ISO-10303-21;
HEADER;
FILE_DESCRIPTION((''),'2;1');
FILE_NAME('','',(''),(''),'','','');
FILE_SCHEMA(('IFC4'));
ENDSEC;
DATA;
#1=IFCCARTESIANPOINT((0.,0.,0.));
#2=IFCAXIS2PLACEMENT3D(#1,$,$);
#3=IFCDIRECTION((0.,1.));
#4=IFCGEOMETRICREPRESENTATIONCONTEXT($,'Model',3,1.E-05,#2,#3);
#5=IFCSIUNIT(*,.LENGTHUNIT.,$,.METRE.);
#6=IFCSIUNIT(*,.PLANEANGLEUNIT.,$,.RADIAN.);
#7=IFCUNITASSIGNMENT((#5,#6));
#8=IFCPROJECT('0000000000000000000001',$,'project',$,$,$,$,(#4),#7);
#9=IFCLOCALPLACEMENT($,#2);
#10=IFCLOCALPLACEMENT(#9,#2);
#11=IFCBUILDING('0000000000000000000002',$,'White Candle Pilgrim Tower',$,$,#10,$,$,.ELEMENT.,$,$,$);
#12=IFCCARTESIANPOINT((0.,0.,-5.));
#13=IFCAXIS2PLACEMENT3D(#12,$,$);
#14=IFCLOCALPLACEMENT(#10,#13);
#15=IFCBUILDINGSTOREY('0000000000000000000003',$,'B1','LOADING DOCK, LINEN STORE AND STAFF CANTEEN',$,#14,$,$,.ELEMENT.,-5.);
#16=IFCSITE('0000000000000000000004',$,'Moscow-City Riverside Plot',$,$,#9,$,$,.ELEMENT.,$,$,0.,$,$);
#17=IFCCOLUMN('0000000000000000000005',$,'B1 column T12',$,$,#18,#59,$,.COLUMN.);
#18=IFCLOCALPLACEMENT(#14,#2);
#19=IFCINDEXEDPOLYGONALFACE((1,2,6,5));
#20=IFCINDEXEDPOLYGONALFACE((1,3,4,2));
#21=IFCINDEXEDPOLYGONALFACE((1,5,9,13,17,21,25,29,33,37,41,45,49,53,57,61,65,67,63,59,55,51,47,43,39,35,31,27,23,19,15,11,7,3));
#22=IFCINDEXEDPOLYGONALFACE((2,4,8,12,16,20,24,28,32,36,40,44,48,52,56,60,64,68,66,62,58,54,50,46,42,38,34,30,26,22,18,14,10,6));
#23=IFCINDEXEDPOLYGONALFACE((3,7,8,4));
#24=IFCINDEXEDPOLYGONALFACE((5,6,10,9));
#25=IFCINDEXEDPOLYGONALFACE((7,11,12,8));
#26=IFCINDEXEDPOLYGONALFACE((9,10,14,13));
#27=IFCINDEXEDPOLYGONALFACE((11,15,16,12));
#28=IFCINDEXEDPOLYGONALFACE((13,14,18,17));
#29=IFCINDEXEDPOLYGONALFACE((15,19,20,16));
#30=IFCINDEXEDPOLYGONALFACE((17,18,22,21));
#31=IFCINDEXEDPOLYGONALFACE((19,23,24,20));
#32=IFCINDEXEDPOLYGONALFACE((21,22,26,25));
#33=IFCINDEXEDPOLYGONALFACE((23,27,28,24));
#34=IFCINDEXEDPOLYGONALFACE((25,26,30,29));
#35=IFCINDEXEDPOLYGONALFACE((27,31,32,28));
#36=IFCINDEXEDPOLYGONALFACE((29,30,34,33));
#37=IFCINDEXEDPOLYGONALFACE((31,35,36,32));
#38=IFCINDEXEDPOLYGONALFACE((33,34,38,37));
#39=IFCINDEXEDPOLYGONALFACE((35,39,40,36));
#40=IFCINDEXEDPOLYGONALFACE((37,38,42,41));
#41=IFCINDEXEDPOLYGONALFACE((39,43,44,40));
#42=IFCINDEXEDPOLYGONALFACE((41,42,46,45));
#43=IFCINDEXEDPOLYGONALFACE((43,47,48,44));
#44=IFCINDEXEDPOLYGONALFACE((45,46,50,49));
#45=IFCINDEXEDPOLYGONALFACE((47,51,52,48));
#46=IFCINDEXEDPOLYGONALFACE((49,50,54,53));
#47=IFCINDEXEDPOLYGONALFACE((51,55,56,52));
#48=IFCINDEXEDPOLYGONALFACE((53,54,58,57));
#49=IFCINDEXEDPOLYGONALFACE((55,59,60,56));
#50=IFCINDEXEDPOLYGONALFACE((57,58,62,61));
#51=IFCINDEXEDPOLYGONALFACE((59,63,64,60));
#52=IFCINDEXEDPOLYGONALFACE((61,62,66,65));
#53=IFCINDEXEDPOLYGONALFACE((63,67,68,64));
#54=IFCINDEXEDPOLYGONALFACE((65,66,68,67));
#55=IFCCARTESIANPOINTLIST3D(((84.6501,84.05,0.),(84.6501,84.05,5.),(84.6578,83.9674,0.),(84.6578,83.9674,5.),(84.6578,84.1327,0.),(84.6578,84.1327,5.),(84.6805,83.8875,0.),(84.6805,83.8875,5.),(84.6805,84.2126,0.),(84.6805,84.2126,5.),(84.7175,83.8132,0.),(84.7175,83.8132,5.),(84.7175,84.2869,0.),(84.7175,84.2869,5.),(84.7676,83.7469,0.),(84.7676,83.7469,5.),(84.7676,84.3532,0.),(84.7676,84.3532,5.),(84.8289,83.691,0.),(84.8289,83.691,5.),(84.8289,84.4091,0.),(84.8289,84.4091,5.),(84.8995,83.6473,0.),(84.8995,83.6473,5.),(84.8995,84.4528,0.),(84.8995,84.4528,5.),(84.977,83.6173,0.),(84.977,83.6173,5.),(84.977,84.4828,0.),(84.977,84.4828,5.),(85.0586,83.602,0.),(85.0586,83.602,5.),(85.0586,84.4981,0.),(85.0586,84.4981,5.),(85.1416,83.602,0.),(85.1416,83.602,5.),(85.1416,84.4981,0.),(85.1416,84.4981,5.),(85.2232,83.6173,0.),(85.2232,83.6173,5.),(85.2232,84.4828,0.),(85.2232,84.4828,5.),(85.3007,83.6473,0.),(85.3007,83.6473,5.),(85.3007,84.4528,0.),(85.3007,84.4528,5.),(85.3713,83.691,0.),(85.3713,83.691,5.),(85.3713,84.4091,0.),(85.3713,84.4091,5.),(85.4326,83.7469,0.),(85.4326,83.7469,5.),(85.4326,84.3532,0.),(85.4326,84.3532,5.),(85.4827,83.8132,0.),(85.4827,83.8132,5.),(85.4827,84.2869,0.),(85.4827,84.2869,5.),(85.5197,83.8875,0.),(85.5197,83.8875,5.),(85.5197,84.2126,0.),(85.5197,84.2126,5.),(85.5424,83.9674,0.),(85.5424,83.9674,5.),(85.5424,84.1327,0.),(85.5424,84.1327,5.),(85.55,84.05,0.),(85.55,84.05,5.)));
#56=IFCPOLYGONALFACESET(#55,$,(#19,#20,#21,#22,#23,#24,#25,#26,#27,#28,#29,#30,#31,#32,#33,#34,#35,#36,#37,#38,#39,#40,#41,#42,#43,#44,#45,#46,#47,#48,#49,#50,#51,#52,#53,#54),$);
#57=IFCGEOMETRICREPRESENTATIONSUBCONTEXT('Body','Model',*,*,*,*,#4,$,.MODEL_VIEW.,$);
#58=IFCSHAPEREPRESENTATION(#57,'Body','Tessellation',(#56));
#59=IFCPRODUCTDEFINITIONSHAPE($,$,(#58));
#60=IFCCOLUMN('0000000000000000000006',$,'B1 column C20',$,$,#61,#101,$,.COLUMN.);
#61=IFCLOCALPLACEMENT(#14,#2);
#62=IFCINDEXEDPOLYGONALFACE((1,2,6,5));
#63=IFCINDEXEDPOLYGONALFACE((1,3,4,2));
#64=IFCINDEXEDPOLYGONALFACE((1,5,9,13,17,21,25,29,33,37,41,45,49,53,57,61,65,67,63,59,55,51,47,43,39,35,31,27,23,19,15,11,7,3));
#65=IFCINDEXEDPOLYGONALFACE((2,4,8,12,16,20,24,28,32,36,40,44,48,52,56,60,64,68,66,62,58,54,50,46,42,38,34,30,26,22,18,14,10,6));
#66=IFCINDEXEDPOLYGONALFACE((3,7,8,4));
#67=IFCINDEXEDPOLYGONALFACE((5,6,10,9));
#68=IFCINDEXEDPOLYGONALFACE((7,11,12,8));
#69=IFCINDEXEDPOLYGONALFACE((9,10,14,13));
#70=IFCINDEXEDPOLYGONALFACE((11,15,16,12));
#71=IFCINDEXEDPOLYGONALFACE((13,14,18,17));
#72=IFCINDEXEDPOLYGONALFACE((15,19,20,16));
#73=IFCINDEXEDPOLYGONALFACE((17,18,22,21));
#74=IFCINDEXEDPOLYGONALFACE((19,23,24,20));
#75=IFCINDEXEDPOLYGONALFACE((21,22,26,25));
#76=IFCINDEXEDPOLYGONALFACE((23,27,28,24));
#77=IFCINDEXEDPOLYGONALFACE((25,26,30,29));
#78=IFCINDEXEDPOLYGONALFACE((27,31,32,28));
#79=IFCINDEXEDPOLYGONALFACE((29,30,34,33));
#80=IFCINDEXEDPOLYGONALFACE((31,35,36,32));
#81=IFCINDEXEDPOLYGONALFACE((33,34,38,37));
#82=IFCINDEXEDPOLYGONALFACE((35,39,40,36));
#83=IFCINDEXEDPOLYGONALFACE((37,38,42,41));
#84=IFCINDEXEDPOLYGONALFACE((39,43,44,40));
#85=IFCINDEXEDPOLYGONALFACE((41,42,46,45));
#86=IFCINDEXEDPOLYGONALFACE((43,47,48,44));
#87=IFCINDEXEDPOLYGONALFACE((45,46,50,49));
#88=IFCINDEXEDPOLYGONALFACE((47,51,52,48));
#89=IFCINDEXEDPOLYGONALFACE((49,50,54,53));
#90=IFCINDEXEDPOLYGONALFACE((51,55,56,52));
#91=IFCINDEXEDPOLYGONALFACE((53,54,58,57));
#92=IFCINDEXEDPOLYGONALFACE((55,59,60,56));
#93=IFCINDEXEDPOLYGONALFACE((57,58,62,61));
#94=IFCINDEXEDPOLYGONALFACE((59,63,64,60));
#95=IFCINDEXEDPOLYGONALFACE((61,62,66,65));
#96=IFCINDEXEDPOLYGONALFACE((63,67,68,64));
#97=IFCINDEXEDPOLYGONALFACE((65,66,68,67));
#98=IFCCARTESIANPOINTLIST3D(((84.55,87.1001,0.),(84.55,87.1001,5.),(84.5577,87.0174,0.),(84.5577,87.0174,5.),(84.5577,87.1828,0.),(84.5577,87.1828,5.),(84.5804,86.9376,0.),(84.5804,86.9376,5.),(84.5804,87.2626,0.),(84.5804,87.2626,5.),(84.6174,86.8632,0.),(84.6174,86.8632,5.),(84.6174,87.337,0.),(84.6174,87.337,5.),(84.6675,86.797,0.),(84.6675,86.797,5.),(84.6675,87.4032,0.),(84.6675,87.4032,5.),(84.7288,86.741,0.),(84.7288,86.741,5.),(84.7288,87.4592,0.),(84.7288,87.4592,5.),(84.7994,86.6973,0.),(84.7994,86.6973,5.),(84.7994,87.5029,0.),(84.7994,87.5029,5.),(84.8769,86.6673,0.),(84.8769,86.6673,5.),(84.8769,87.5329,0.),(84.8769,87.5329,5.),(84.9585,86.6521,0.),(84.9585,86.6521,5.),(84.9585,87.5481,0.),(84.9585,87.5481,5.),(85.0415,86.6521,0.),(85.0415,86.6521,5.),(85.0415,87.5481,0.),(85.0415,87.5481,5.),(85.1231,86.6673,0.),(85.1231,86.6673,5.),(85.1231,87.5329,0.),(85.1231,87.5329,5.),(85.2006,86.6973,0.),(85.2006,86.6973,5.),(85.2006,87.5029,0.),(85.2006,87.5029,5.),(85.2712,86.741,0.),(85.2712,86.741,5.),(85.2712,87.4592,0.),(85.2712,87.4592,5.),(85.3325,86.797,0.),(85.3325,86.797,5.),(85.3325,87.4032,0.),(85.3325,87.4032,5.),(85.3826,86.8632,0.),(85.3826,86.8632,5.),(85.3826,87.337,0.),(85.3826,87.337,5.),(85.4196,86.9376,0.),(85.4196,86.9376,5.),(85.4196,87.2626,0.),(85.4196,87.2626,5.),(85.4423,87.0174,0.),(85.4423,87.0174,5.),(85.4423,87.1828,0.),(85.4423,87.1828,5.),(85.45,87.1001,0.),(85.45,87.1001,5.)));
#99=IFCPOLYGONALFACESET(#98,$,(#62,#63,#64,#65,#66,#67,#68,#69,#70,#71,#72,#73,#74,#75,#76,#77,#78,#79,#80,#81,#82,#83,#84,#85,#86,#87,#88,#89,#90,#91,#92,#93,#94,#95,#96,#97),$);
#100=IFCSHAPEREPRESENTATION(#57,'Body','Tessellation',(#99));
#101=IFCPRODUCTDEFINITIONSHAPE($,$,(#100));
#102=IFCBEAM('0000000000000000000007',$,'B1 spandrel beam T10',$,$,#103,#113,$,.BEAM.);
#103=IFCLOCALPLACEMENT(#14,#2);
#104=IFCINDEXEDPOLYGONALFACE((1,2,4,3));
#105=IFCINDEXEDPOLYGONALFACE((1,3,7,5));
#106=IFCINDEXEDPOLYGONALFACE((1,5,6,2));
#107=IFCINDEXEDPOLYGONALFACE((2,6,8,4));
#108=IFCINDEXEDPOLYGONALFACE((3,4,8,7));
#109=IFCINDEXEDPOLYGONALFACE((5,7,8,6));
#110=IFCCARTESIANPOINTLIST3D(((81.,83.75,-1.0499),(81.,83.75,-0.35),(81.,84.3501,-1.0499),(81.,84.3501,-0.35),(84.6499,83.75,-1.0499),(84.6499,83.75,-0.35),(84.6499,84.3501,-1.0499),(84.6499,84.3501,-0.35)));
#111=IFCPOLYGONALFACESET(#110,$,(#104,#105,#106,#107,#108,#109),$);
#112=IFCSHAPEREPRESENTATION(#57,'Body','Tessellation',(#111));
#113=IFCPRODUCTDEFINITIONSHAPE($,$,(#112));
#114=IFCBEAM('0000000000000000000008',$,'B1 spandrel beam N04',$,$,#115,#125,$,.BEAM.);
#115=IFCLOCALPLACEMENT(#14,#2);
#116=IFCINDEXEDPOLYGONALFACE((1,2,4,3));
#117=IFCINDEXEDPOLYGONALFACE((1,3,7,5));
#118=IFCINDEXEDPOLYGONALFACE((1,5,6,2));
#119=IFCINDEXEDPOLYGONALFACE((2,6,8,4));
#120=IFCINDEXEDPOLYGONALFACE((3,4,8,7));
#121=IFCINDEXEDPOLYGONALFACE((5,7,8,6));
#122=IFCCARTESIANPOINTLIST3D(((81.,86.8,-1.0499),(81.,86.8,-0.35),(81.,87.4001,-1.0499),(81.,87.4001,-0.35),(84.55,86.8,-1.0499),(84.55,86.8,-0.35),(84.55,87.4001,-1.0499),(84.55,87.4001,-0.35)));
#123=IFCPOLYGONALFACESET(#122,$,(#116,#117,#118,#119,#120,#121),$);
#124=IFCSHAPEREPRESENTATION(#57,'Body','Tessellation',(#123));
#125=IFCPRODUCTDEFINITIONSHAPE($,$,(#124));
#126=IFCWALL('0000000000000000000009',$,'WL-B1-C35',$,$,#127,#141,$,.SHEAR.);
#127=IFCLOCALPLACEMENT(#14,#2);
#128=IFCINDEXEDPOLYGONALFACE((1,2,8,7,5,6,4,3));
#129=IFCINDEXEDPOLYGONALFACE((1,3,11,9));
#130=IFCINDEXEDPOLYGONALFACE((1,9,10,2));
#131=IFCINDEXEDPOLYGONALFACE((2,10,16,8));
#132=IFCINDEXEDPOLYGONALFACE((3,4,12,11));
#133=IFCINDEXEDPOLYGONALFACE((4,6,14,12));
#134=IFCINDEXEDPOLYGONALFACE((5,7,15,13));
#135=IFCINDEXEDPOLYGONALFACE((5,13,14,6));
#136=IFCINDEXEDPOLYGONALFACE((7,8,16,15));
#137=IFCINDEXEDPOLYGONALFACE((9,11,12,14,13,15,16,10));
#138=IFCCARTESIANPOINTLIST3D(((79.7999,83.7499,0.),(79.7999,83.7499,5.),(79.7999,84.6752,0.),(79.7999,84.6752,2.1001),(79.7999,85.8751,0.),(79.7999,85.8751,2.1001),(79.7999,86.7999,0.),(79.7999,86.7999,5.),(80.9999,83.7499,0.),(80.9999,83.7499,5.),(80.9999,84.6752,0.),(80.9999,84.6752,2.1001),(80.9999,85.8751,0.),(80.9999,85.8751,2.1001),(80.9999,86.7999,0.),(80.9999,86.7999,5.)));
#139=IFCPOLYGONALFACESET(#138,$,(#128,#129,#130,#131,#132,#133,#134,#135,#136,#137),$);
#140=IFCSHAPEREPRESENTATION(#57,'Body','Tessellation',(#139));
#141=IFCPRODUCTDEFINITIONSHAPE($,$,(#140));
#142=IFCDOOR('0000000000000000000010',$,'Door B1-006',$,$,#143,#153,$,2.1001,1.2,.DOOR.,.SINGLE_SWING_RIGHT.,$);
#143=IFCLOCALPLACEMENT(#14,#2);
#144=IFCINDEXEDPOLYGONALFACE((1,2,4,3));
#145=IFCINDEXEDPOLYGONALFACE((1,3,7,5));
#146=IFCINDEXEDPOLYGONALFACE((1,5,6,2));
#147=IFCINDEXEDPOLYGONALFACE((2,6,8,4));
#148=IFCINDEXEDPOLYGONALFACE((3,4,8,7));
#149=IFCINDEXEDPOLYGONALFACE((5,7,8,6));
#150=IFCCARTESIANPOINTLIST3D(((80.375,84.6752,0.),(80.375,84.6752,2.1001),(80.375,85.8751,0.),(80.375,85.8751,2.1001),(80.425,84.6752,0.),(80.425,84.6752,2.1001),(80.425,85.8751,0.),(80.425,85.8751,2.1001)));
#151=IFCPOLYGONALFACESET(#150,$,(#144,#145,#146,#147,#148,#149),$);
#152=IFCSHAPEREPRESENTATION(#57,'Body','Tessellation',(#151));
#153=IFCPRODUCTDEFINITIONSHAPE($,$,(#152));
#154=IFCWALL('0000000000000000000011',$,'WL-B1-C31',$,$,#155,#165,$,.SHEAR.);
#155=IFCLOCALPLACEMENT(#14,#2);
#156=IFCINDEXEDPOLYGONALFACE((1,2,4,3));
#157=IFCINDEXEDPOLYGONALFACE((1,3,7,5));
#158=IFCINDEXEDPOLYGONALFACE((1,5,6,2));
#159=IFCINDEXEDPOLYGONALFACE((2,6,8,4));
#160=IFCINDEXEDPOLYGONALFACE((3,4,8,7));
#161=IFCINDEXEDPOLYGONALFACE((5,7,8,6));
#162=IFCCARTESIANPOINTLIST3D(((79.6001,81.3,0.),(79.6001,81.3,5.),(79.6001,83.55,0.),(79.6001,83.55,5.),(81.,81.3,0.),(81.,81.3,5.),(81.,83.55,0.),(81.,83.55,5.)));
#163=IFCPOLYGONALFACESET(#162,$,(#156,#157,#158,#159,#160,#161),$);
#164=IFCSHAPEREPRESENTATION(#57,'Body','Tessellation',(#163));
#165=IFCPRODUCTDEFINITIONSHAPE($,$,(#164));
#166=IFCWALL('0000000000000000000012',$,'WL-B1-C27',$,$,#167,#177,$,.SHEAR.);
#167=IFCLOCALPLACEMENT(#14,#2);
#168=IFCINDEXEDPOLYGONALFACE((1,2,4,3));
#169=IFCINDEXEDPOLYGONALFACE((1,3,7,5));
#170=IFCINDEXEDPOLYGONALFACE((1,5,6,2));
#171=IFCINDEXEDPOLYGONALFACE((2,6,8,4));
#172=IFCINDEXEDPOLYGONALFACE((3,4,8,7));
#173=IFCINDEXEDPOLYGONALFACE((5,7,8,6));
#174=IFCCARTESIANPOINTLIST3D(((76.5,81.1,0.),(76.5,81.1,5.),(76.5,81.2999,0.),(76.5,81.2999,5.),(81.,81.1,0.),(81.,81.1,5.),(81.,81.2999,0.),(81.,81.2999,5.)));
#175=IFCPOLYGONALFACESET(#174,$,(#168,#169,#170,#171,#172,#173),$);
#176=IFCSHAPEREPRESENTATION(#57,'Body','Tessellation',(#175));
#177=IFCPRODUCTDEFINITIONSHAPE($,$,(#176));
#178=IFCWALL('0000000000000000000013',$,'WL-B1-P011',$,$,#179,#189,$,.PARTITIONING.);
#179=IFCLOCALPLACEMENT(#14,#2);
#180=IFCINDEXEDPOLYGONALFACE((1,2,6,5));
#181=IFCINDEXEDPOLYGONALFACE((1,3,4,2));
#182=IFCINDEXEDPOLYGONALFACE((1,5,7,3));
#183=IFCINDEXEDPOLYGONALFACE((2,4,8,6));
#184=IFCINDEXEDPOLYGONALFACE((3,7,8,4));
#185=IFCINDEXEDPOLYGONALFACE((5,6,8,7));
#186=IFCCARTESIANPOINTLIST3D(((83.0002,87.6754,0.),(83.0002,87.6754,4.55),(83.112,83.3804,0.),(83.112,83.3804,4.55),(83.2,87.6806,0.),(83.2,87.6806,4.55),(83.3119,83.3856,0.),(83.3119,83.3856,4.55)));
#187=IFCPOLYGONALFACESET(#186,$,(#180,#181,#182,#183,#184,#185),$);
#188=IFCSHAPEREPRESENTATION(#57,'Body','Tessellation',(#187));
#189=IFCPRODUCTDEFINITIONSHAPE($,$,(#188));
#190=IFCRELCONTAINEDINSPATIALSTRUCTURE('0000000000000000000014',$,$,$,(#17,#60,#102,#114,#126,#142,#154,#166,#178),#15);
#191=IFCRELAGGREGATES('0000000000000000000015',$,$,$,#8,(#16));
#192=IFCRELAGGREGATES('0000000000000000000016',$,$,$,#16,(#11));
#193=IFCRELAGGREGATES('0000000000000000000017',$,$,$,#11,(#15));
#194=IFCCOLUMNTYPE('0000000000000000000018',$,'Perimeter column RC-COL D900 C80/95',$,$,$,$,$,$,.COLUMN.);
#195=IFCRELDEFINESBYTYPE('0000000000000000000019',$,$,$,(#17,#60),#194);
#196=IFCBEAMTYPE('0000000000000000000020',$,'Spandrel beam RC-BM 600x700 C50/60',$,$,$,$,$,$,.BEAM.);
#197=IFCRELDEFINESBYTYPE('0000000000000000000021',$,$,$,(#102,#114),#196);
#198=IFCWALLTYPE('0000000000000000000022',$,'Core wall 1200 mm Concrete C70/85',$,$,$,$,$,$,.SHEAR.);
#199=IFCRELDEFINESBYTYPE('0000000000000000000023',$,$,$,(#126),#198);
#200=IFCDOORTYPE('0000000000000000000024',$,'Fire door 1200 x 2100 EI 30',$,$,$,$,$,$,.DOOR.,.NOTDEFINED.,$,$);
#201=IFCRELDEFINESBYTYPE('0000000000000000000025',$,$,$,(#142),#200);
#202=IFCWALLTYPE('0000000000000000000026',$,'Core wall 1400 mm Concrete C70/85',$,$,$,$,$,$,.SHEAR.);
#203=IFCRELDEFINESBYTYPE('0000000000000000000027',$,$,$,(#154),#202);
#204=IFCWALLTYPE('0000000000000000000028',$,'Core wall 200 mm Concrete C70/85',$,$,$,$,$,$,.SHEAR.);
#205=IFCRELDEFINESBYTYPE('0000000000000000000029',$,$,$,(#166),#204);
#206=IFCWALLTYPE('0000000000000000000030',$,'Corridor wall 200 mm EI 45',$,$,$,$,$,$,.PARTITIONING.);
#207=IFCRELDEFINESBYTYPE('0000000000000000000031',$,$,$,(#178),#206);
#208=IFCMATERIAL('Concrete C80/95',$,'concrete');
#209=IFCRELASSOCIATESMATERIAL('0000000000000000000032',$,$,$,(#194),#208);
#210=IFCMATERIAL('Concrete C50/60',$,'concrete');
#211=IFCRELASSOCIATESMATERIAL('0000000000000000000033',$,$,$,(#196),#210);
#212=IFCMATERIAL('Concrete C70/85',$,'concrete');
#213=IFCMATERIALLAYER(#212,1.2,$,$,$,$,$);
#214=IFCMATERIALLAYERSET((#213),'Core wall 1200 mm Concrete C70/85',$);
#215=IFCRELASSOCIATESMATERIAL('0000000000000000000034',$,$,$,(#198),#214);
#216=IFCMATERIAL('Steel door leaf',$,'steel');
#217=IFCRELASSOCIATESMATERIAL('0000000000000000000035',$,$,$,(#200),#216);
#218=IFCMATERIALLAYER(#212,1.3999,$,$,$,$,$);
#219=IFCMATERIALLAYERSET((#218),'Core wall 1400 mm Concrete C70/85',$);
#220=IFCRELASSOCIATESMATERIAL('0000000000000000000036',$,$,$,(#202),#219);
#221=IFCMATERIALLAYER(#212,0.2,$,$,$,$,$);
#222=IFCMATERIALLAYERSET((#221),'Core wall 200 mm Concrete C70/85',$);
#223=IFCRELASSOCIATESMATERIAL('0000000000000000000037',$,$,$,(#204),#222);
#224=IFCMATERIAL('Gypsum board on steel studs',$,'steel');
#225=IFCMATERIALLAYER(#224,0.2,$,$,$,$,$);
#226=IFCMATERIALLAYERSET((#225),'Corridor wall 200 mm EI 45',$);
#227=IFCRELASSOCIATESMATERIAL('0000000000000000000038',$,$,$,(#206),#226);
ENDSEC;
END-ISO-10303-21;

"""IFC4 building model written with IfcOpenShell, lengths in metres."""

from ifc_helpers import new_model, si_unit, direction, frame, frame_2d, origin, origin_2d, place, context, subcontext, project, spatial, rectangle, circle, extrude, material, layer, layer_set, material_profile, profile_set, type_object, element, fill, save


model = new_model("IFC4")

# Units and contexts
model_context = context("Model", 3, precision=1e-05, world=origin(), true_north=direction((0.0, 1.0)))
body_context = subcontext(model_context, "Body", "Model", "MODEL_VIEW")
ifc_project = project(units=[si_unit("LENGTHUNIT", "METRE"), si_unit("PLANEANGLEUNIT", "RADIAN")], contexts=[model_context])

# Site, building, storey
site_placement = place(None, origin())
site = spatial("IfcSite", under=ifc_project, at=site_placement, Name="Moscow-City Riverside Plot", CompositionType="ELEMENT", RefElevation=0.0)
building_placement = place(site_placement, origin())
building = spatial("IfcBuilding", under=site, at=building_placement, Name="White Candle Pilgrim Tower", CompositionType="ELEMENT")
storey_placement = place(building_placement, frame((0.0, 0.0, -5.0)))
storey = spatial("IfcBuildingStorey", under=building, at=storey_placement, Name="B1", Description="LOADING DOCK, LINEN STORE AND STAFF CANTEEN", CompositionType="ELEMENT", Elevation=-5.0)

# Columns
ifc_material_1 = material(Name="Concrete C80/95", Category="concrete")
ifc_material_profile_1 = material_profile(ifc_material_1, circle(Radius=0.45, at=origin_2d()), Name="RC-COL D900")
ifc_profile_set_1 = profile_set([ifc_material_profile_1], Name="Concrete C80/95")
column_type = type_object("IfcColumnType", Name="Perimeter column RC-COL D900 C80/95", PredefinedType="COLUMN", material=ifc_profile_set_1)
for number, where, z_axis, x_axis, name in (
    (1, (85.1001, 84.05, 0.0), (0.0, 0.0, 1.0), (1.0, 0.0, 0.0), "B1 column T12"),
    (2, (85.0, 87.1001, 0.0), (0.0, 0.0, 1.0), (1.0, 0.0, 0.0), "B1 column C20"),
):
    element("IfcColumn", number, at=place(storey_placement, frame(where, z_axis=z_axis, x_axis=x_axis)), inside=storey, type_object=column_type, Name=name, PredefinedType="COLUMN", context=body_context, shape_type="SweptSolid", body=[
        extrude(circle(Radius=0.45, at=origin_2d()), origin(), (0.0, 0.0, 1.0), 5.0),
    ])

# Beams
ifc_material_2 = material(Name="Concrete C50/60", Category="concrete")
ifc_material_profile_2 = material_profile(ifc_material_2, rectangle(XDim=0.6001, YDim=0.7, at=origin_2d()), Name="RC-BM 600x700")
ifc_profile_set_2 = profile_set([ifc_material_profile_2], Name="Concrete C50/60")
beam_type = type_object("IfcBeamType", Name="Spandrel beam RC-BM 600x700 C50/60", PredefinedType="BEAM", material=ifc_profile_set_2)
beam_1_placement = place(storey_placement, frame((84.6499, 84.05, -0.7), z_axis=(-1.0, 0.0, 0.0), x_axis=(0.0, -1.0, 0.0)))
element("IfcBeam", 3, at=beam_1_placement, inside=storey, type_object=beam_type, Name="B1 spandrel beam T10", PredefinedType="BEAM", context=body_context, shape_type="SweptSolid", body=[
    extrude(rectangle(XDim=0.6001, YDim=0.7, at=origin_2d()), origin(), (0.0, 0.0, 1.0), 3.6499),
])
beam_2_placement = place(storey_placement, frame((84.55, 87.1001, -0.7), z_axis=(-1.0, 0.0, 0.0), x_axis=(0.0, -1.0, 0.0)))
element("IfcBeam", 4, at=beam_2_placement, inside=storey, type_object=beam_type, Name="B1 spandrel beam N04", PredefinedType="BEAM", context=body_context, shape_type="SweptSolid", body=[
    extrude(rectangle(XDim=0.6001, YDim=0.7, at=origin_2d()), origin(), (0.0, 0.0, 1.0), 3.55),
])

# Wall, opening, door
ifc_material_3 = material(Name="Concrete C70/85", Category="concrete")
ifc_layer_1 = layer(ifc_material_3, 1.2)
ifc_layer_set_1 = layer_set([ifc_layer_1], Name="Core wall 1200 mm Concrete C70/85")
wall_type_1 = type_object("IfcWallType", Name="Core wall 1200 mm Concrete C70/85", PredefinedType="SHEAR", material=ifc_layer_set_1)
wall_1_placement = place(storey_placement, frame((80.3999, 83.75, 0.0), z_axis=(0.0, 0.0, 1.0), x_axis=(0.0, 1.0, 0.0)))
wall_1 = element("IfcWall", 5, at=wall_1_placement, inside=storey, type_object=wall_type_1, Name="WL-B1-C35", PredefinedType="SHEAR", context=body_context, shape_type="SweptSolid", body=[
    extrude(rectangle(XDim=3.05, YDim=1.2, at=frame_2d((1.5249, 0.0))), origin(), (0.0, 0.0, 1.0), 5.0),
])
opening_1_placement = place(wall_1_placement, frame((0.925, 0.0, 0.0)))
opening_1 = element("IfcOpeningElement", 6, at=opening_1_placement, cuts=wall_1, PredefinedType="OPENING", context=body_context, shape_type="SweptSolid", body=[
    extrude(rectangle(XDim=1.2, YDim=2.1001, at=frame_2d((0.6001, 1.05))), frame((0.0, 0.6099, 0.0), z_axis=(0.0, -1.0, 0.0), x_axis=(1.0, 0.0, 0.0)), (0.0, 0.0, 1.0), 1.22),
])
ifc_material_4 = material(Name="Steel door leaf", Category="steel")
door_type_1 = type_object("IfcDoorType", Name="Fire door 1200 x 2100 EI 30", OperationType="NOTDEFINED", PredefinedType="DOOR", material=ifc_material_4)
door_1_placement = place(opening_1_placement, origin())
door_1 = element("IfcDoor", 7, at=door_1_placement, inside=storey, type_object=door_type_1, Name="Door B1-006", OperationType="SINGLE_SWING_RIGHT", OverallHeight=2.1001, OverallWidth=1.2, PredefinedType="DOOR", context=body_context, shape_type="SweptSolid", body=[
    extrude(rectangle(XDim=1.2, YDim=2.1001, at=frame_2d((0.6001, 1.05))), frame((0.0, 0.0249, 0.0), z_axis=(0.0, -1.0, 0.0), x_axis=(1.0, 0.0, 0.0)), (0.0, 0.0, 1.0), 0.05),
])
fill(opening_1, door_1)

# Walls
ifc_layer_2 = layer(ifc_material_3, 1.3999)
ifc_layer_set_2 = layer_set([ifc_layer_2], Name="Core wall 1400 mm Concrete C70/85")
wall_type_2 = type_object("IfcWallType", Name="Core wall 1400 mm Concrete C70/85", PredefinedType="SHEAR", material=ifc_layer_set_2)
wall_2_placement = place(storey_placement, frame((80.3, 81.3, 0.0), z_axis=(0.0, 0.0, 1.0), x_axis=(0.0, 1.0, 0.0)))
element("IfcWall", 8, at=wall_2_placement, inside=storey, type_object=wall_type_2, Name="WL-B1-C31", PredefinedType="SHEAR", context=body_context, shape_type="SweptSolid", body=[
    extrude(rectangle(XDim=2.25, YDim=1.3999, at=frame_2d((1.125, 0.0))), origin(), (0.0, 0.0, 1.0), 5.0),
])
ifc_layer_3 = layer(ifc_material_3, 0.2)
ifc_layer_set_3 = layer_set([ifc_layer_3], Name="Core wall 200 mm Concrete C70/85")
wall_type_3 = type_object("IfcWallType", Name="Core wall 200 mm Concrete C70/85", PredefinedType="SHEAR", material=ifc_layer_set_3)
wall_3_placement = place(storey_placement, frame((76.5, 81.2, 0.0), z_axis=(0.0, 0.0, 1.0), x_axis=(1.0, 0.0, 0.0)))
element("IfcWall", 9, at=wall_3_placement, inside=storey, type_object=wall_type_3, Name="WL-B1-C27", PredefinedType="SHEAR", context=body_context, shape_type="SweptSolid", body=[
    extrude(rectangle(XDim=4.5, YDim=0.2, at=frame_2d((2.25, 0.0))), origin(), (0.0, 0.0, 1.0), 5.0),
])
ifc_material_5 = material(Name="Gypsum board on steel studs", Category="steel")
ifc_layer_4 = layer(ifc_material_5, 0.2)
ifc_layer_set_4 = layer_set([ifc_layer_4], Name="Corridor wall 200 mm EI 45")
wall_type_4 = type_object("IfcWallType", Name="Corridor wall 200 mm EI 45", PredefinedType="PARTITIONING", material=ifc_layer_set_4)
wall_4_placement = place(storey_placement, frame((83.1001, 87.678, 0.0), z_axis=(0.0, 0.0, 1.0), x_axis=(0.026026, -0.999661, 0.0)))
element("IfcWall", 10, at=wall_4_placement, inside=storey, type_object=wall_type_4, Name="WL-B1-P011", PredefinedType="PARTITIONING", context=body_context, shape_type="SweptSolid", body=[
    extrude(rectangle(XDim=4.2964, YDim=0.2, at=frame_2d((2.1482, 0.0))), origin(), (0.0, 0.0, 1.0), 4.55),
])

save(model, "model.ifc")
